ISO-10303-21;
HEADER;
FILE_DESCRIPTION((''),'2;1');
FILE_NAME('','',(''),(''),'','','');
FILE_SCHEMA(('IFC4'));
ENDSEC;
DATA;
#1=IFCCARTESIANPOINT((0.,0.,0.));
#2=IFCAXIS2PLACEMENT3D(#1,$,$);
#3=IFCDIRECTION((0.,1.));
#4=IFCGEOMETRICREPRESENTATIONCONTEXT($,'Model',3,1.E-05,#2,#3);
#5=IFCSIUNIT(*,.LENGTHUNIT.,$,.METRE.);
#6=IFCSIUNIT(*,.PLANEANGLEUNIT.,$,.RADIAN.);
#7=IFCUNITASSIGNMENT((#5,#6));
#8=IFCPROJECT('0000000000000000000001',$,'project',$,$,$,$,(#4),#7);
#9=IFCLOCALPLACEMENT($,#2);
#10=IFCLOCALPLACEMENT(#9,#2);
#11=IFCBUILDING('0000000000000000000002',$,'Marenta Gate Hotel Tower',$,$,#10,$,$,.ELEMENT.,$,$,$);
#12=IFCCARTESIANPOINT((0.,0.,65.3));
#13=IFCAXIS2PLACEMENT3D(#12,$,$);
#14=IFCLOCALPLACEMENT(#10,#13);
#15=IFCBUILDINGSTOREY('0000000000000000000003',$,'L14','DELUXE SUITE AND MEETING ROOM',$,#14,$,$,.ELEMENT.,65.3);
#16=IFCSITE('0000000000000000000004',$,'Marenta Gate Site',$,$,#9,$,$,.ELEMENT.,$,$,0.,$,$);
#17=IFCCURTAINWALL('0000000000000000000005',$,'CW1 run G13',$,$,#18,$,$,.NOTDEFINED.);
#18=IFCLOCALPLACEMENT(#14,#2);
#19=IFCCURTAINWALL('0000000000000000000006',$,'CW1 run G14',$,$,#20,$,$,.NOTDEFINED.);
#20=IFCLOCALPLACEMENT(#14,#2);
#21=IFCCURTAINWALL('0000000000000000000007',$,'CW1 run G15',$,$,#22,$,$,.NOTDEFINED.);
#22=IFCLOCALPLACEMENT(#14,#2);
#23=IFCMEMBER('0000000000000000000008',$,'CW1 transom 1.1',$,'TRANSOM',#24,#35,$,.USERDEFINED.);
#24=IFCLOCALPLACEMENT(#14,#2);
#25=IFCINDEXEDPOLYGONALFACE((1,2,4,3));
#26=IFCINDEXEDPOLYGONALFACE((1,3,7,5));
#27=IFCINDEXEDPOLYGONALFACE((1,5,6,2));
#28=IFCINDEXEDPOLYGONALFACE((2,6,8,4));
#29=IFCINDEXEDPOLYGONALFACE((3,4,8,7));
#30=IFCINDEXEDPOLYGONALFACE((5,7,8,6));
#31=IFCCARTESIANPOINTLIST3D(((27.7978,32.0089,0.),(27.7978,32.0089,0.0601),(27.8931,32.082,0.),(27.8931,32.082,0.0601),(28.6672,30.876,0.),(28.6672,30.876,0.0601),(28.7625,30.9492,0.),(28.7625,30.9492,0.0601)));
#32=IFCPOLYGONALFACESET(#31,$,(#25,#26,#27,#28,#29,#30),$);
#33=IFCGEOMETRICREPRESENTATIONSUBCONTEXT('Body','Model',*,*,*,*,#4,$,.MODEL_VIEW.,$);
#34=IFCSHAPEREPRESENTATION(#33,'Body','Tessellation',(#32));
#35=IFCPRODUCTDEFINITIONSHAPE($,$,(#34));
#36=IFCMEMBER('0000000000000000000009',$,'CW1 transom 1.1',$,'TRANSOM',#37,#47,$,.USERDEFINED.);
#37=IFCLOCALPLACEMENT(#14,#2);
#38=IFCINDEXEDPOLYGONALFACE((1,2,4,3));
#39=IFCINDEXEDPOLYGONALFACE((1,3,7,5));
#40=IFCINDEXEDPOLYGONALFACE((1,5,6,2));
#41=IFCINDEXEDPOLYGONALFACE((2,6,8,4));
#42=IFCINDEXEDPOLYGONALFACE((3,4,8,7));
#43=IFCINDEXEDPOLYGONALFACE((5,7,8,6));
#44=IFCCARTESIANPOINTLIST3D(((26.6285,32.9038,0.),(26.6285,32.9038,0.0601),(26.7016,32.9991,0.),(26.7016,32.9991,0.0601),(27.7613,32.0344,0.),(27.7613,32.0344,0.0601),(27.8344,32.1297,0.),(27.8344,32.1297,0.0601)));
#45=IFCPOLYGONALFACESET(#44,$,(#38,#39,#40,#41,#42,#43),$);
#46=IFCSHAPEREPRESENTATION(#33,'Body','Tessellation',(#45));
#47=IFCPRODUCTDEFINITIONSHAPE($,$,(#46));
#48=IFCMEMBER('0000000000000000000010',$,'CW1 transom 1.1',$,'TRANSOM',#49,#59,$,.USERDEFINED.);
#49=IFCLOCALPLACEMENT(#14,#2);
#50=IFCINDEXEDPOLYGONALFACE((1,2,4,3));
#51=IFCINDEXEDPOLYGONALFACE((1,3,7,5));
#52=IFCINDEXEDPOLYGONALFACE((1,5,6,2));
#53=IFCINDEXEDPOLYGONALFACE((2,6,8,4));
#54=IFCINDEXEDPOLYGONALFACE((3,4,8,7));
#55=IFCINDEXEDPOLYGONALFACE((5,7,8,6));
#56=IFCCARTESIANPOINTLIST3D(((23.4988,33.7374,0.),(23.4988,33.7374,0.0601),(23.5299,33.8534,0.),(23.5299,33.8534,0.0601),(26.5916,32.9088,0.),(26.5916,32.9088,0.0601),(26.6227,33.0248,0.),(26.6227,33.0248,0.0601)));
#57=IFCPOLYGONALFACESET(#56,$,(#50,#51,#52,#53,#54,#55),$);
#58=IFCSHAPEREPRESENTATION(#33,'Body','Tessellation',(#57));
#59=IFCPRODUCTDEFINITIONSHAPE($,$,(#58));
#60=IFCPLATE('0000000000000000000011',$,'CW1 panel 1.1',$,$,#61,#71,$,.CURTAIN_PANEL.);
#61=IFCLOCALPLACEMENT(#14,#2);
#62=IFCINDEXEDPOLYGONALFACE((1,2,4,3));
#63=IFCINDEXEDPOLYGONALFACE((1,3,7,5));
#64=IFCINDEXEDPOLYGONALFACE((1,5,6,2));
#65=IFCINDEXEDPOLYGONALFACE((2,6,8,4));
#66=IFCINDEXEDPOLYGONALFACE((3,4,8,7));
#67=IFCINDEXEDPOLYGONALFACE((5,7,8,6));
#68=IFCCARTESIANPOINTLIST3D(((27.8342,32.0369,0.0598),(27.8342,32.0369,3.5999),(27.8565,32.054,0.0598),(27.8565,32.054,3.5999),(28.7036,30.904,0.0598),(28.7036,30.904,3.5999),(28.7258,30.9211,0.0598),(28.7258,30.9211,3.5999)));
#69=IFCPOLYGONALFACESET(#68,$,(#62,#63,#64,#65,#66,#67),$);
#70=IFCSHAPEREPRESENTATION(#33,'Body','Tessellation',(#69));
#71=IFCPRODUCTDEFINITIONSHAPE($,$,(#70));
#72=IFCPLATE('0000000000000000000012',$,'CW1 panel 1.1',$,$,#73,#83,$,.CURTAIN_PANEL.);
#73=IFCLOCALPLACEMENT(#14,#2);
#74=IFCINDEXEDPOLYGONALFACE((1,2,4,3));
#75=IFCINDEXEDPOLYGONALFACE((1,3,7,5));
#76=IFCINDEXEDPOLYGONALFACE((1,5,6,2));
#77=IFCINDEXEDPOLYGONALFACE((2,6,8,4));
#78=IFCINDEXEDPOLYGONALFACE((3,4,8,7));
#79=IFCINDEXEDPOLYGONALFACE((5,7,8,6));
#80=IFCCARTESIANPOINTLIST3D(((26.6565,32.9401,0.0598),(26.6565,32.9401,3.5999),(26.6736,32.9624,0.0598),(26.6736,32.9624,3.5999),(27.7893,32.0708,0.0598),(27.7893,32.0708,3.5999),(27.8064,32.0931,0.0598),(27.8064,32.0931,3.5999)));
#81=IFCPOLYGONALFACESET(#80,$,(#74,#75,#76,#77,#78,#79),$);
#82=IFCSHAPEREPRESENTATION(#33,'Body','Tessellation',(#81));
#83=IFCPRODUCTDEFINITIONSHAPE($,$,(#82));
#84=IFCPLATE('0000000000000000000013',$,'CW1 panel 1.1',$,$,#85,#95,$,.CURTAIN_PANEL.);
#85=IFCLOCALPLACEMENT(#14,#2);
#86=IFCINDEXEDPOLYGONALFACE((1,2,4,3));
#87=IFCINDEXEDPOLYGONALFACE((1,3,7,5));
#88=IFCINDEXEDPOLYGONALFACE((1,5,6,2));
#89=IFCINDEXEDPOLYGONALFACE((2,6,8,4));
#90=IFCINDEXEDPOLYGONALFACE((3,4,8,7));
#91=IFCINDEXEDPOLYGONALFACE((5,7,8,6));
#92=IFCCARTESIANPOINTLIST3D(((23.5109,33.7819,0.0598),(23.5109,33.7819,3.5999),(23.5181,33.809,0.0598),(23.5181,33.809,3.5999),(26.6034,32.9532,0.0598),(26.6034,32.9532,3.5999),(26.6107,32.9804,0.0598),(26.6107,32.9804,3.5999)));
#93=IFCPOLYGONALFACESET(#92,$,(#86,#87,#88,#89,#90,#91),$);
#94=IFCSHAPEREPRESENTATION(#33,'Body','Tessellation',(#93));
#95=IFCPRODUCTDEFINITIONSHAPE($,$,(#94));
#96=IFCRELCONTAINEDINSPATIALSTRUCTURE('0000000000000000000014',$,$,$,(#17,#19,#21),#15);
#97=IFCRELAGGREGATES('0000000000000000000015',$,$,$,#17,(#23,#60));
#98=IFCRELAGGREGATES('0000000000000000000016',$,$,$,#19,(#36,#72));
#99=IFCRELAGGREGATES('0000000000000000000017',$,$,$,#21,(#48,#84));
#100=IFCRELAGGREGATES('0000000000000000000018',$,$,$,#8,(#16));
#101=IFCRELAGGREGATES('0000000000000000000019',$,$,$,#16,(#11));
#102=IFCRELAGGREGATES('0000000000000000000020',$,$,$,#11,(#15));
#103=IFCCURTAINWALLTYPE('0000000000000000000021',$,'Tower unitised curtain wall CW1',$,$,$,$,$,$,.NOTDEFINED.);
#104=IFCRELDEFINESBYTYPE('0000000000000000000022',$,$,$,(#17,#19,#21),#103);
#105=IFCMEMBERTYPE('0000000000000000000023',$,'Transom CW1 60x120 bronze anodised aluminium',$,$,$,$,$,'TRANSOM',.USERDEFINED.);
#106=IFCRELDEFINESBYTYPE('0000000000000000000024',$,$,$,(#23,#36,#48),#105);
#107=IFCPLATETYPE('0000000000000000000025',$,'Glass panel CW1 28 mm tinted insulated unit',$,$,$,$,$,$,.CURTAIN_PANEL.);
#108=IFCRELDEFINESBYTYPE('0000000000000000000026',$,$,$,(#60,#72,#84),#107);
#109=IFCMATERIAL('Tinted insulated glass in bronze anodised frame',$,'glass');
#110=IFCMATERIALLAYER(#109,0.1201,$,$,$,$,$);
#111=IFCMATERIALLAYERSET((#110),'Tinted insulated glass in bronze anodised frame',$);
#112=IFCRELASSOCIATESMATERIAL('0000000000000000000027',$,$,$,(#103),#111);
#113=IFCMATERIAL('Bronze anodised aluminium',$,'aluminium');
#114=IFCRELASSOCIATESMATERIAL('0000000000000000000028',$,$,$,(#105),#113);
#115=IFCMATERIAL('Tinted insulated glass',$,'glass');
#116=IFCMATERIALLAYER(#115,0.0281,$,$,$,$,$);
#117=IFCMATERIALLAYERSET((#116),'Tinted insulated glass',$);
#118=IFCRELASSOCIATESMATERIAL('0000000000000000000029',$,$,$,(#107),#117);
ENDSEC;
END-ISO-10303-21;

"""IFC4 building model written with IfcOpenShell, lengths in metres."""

from ifc_helpers import new_model, si_unit, direction, frame, origin, origin_2d, place, context, subcontext, project, spatial, rectangle, extrude, material, layer, layer_set, material_profile, profile_set, type_object, element, aggregate, save


model = new_model("IFC4")

# Units and contexts
model_context = context("Model", 3, precision=1e-05, world=origin(), true_north=direction((0.0, 1.0)))
body_context = subcontext(model_context, "Body", "Model", "MODEL_VIEW")
ifc_project = project(units=[si_unit("LENGTHUNIT", "METRE"), si_unit("PLANEANGLEUNIT", "RADIAN")], contexts=[model_context])

# Site, building, storey
site_placement = place(None, origin())
site = spatial("IfcSite", under=ifc_project, at=site_placement, Name="Marenta Gate Site", CompositionType="ELEMENT", RefElevation=0.0)
building_placement = place(site_placement, origin())
building = spatial("IfcBuilding", under=site, at=building_placement, Name="Marenta Gate Hotel Tower", CompositionType="ELEMENT")
storey_placement = place(building_placement, frame((0.0, 0.0, 65.3)))
storey = spatial("IfcBuildingStorey", under=building, at=storey_placement, Name="L14", Description="DELUXE SUITE AND MEETING ROOM", CompositionType="ELEMENT", Elevation=65.3)

# Curtain walls
ifc_material_1 = material(Name="Tinted insulated glass in bronze anodised frame", Category="glass")
ifc_layer_1 = layer(ifc_material_1, 0.1201)
ifc_layer_set_1 = layer_set([ifc_layer_1], Name="Tinted insulated glass in bronze anodised frame")
curtain_wall_type = type_object("IfcCurtainWallType", Name="Tower unitised curtain wall CW1", PredefinedType="NOTDEFINED", material=ifc_layer_set_1)
curtain_wall_1_placement = place(storey_placement, origin())
curtain_wall_1 = element("IfcCurtainWall", 1, at=curtain_wall_1_placement, inside=storey, type_object=curtain_wall_type, Name="CW1 run G13", PredefinedType="NOTDEFINED")
curtain_wall_2_placement = place(storey_placement, origin())
curtain_wall_2 = element("IfcCurtainWall", 2, at=curtain_wall_2_placement, inside=storey, type_object=curtain_wall_type, Name="CW1 run G14", PredefinedType="NOTDEFINED")

# Curtain wall
curtain_wall_3_placement = place(storey_placement, origin())
curtain_wall_3 = element("IfcCurtainWall", 3, at=curtain_wall_3_placement, inside=storey, type_object=curtain_wall_type, Name="CW1 run G15", PredefinedType="NOTDEFINED")

# Members
ifc_material_2 = material(Name="Bronze anodised aluminium", Category="aluminium")
ifc_material_profile_1 = material_profile(ifc_material_2, rectangle(XDim=0.1201, YDim=0.0601, at=origin_2d()), Name="Transom CW1 60x120 bronze anodised aluminium")
ifc_profile_set_1 = profile_set([ifc_material_profile_1], Name="Bronze anodised aluminium")
member_type_1 = type_object("IfcMemberType", Name="Transom CW1 60x120 bronze anodised aluminium", ElementType="TRANSOM", PredefinedType="USERDEFINED", material=ifc_profile_set_1)
member_1_placement = place(storey_placement, frame((28.7148, 30.9126, 0.03), z_axis=(-0.608826, 0.793304, 0.0), x_axis=(-0.793304, -0.608826, 0.0)))
member_1 = element("IfcMember", 4, at=member_1_placement, type_object=member_type_1, Name="CW1 transom 1.1", ObjectType="TRANSOM", PredefinedType="USERDEFINED", context=body_context, shape_type="SweptSolid", body=[
    extrude(rectangle(XDim=0.1201, YDim=0.0601, at=origin_2d()), origin(), (0.0, 0.0, 1.0), 1.428),
])
member_2_placement = place(storey_placement, frame((27.7979, 32.082, 0.03), z_axis=(-0.793304, 0.608826, 0.0), x_axis=(-0.608826, -0.793304, 0.0)))
member_2 = element("IfcMember", 5, at=member_2_placement, type_object=member_type_1, Name="CW1 transom 1.1", ObjectType="TRANSOM", PredefinedType="USERDEFINED", context=body_context, shape_type="SweptSolid", body=[
    extrude(rectangle(XDim=0.1201, YDim=0.0601, at=origin_2d()), origin(), (0.0, 0.0, 1.0), 1.428),
])
member_3_placement = place(storey_placement, frame((26.6072, 32.9668, 0.03), z_axis=(-0.965933, 0.258792, 0.0), x_axis=(-0.258792, -0.965933, 0.0)))
member_3 = element("IfcMember", 6, at=member_3_placement, type_object=member_type_1, Name="CW1 transom 1.1", ObjectType="TRANSOM", PredefinedType="USERDEFINED", context=body_context, shape_type="SweptSolid", body=[
    extrude(rectangle(XDim=0.1201, YDim=0.0601, at=origin_2d()), origin(), (0.0, 0.0, 1.0), 3.2019),
])

# Plates
ifc_material_3 = material(Name="Tinted insulated glass", Category="glass")
ifc_layer_2 = layer(ifc_material_3, 0.0281)
ifc_layer_set_2 = layer_set([ifc_layer_2], Name="Tinted insulated glass")
plate_type = type_object("IfcPlateType", Name="Glass panel CW1 28 mm tinted insulated unit", PredefinedType="CURTAIN_PANEL", material=ifc_layer_set_2)
plate_1_placement = place(storey_placement, frame((28.28, 31.479, 0.0598), z_axis=(0.0, 0.0, 1.0), x_axis=(-0.608781, 0.793338, 0.0)))
plate_1 = element("IfcPlate", 7, at=plate_1_placement, type_object=plate_type, Name="CW1 panel 1.1", PredefinedType="CURTAIN_PANEL", context=body_context, shape_type="SweptSolid", body=[
    extrude(rectangle(XDim=1.428, YDim=0.0281, at=origin_2d()), origin(), (0.0, 0.0, 1.0), 3.54),
])
aggregate(curtain_wall_1, [member_1, plate_1])
plate_2_placement = place(storey_placement, frame((27.2314, 32.5166, 0.0598), z_axis=(0.0, 0.0, 1.0), x_axis=(-0.793338, 0.608781, 0.0)))
plate_2 = element("IfcPlate", 8, at=plate_2_placement, type_object=plate_type, Name="CW1 panel 1.1", PredefinedType="CURTAIN_PANEL", context=body_context, shape_type="SweptSolid", body=[
    extrude(rectangle(XDim=1.428, YDim=0.0281, at=origin_2d()), origin(), (0.0, 0.0, 1.0), 3.54),
])
aggregate(curtain_wall_2, [member_2, plate_2])
plate_3_placement = place(storey_placement, frame((25.0608, 33.3811, 0.0598), z_axis=(0.0, 0.0, 1.0), x_axis=(-0.965929, 0.258807, 0.0)))
plate_3 = element("IfcPlate", 9, at=plate_3_placement, type_object=plate_type, Name="CW1 panel 1.1", PredefinedType="CURTAIN_PANEL", context=body_context, shape_type="SweptSolid", body=[
    extrude(rectangle(XDim=3.2017, YDim=0.0281, at=origin_2d()), origin(), (0.0, 0.0, 1.0), 3.54),
])
aggregate(curtain_wall_3, [member_3, plate_3])

save(model, "model.ifc")
